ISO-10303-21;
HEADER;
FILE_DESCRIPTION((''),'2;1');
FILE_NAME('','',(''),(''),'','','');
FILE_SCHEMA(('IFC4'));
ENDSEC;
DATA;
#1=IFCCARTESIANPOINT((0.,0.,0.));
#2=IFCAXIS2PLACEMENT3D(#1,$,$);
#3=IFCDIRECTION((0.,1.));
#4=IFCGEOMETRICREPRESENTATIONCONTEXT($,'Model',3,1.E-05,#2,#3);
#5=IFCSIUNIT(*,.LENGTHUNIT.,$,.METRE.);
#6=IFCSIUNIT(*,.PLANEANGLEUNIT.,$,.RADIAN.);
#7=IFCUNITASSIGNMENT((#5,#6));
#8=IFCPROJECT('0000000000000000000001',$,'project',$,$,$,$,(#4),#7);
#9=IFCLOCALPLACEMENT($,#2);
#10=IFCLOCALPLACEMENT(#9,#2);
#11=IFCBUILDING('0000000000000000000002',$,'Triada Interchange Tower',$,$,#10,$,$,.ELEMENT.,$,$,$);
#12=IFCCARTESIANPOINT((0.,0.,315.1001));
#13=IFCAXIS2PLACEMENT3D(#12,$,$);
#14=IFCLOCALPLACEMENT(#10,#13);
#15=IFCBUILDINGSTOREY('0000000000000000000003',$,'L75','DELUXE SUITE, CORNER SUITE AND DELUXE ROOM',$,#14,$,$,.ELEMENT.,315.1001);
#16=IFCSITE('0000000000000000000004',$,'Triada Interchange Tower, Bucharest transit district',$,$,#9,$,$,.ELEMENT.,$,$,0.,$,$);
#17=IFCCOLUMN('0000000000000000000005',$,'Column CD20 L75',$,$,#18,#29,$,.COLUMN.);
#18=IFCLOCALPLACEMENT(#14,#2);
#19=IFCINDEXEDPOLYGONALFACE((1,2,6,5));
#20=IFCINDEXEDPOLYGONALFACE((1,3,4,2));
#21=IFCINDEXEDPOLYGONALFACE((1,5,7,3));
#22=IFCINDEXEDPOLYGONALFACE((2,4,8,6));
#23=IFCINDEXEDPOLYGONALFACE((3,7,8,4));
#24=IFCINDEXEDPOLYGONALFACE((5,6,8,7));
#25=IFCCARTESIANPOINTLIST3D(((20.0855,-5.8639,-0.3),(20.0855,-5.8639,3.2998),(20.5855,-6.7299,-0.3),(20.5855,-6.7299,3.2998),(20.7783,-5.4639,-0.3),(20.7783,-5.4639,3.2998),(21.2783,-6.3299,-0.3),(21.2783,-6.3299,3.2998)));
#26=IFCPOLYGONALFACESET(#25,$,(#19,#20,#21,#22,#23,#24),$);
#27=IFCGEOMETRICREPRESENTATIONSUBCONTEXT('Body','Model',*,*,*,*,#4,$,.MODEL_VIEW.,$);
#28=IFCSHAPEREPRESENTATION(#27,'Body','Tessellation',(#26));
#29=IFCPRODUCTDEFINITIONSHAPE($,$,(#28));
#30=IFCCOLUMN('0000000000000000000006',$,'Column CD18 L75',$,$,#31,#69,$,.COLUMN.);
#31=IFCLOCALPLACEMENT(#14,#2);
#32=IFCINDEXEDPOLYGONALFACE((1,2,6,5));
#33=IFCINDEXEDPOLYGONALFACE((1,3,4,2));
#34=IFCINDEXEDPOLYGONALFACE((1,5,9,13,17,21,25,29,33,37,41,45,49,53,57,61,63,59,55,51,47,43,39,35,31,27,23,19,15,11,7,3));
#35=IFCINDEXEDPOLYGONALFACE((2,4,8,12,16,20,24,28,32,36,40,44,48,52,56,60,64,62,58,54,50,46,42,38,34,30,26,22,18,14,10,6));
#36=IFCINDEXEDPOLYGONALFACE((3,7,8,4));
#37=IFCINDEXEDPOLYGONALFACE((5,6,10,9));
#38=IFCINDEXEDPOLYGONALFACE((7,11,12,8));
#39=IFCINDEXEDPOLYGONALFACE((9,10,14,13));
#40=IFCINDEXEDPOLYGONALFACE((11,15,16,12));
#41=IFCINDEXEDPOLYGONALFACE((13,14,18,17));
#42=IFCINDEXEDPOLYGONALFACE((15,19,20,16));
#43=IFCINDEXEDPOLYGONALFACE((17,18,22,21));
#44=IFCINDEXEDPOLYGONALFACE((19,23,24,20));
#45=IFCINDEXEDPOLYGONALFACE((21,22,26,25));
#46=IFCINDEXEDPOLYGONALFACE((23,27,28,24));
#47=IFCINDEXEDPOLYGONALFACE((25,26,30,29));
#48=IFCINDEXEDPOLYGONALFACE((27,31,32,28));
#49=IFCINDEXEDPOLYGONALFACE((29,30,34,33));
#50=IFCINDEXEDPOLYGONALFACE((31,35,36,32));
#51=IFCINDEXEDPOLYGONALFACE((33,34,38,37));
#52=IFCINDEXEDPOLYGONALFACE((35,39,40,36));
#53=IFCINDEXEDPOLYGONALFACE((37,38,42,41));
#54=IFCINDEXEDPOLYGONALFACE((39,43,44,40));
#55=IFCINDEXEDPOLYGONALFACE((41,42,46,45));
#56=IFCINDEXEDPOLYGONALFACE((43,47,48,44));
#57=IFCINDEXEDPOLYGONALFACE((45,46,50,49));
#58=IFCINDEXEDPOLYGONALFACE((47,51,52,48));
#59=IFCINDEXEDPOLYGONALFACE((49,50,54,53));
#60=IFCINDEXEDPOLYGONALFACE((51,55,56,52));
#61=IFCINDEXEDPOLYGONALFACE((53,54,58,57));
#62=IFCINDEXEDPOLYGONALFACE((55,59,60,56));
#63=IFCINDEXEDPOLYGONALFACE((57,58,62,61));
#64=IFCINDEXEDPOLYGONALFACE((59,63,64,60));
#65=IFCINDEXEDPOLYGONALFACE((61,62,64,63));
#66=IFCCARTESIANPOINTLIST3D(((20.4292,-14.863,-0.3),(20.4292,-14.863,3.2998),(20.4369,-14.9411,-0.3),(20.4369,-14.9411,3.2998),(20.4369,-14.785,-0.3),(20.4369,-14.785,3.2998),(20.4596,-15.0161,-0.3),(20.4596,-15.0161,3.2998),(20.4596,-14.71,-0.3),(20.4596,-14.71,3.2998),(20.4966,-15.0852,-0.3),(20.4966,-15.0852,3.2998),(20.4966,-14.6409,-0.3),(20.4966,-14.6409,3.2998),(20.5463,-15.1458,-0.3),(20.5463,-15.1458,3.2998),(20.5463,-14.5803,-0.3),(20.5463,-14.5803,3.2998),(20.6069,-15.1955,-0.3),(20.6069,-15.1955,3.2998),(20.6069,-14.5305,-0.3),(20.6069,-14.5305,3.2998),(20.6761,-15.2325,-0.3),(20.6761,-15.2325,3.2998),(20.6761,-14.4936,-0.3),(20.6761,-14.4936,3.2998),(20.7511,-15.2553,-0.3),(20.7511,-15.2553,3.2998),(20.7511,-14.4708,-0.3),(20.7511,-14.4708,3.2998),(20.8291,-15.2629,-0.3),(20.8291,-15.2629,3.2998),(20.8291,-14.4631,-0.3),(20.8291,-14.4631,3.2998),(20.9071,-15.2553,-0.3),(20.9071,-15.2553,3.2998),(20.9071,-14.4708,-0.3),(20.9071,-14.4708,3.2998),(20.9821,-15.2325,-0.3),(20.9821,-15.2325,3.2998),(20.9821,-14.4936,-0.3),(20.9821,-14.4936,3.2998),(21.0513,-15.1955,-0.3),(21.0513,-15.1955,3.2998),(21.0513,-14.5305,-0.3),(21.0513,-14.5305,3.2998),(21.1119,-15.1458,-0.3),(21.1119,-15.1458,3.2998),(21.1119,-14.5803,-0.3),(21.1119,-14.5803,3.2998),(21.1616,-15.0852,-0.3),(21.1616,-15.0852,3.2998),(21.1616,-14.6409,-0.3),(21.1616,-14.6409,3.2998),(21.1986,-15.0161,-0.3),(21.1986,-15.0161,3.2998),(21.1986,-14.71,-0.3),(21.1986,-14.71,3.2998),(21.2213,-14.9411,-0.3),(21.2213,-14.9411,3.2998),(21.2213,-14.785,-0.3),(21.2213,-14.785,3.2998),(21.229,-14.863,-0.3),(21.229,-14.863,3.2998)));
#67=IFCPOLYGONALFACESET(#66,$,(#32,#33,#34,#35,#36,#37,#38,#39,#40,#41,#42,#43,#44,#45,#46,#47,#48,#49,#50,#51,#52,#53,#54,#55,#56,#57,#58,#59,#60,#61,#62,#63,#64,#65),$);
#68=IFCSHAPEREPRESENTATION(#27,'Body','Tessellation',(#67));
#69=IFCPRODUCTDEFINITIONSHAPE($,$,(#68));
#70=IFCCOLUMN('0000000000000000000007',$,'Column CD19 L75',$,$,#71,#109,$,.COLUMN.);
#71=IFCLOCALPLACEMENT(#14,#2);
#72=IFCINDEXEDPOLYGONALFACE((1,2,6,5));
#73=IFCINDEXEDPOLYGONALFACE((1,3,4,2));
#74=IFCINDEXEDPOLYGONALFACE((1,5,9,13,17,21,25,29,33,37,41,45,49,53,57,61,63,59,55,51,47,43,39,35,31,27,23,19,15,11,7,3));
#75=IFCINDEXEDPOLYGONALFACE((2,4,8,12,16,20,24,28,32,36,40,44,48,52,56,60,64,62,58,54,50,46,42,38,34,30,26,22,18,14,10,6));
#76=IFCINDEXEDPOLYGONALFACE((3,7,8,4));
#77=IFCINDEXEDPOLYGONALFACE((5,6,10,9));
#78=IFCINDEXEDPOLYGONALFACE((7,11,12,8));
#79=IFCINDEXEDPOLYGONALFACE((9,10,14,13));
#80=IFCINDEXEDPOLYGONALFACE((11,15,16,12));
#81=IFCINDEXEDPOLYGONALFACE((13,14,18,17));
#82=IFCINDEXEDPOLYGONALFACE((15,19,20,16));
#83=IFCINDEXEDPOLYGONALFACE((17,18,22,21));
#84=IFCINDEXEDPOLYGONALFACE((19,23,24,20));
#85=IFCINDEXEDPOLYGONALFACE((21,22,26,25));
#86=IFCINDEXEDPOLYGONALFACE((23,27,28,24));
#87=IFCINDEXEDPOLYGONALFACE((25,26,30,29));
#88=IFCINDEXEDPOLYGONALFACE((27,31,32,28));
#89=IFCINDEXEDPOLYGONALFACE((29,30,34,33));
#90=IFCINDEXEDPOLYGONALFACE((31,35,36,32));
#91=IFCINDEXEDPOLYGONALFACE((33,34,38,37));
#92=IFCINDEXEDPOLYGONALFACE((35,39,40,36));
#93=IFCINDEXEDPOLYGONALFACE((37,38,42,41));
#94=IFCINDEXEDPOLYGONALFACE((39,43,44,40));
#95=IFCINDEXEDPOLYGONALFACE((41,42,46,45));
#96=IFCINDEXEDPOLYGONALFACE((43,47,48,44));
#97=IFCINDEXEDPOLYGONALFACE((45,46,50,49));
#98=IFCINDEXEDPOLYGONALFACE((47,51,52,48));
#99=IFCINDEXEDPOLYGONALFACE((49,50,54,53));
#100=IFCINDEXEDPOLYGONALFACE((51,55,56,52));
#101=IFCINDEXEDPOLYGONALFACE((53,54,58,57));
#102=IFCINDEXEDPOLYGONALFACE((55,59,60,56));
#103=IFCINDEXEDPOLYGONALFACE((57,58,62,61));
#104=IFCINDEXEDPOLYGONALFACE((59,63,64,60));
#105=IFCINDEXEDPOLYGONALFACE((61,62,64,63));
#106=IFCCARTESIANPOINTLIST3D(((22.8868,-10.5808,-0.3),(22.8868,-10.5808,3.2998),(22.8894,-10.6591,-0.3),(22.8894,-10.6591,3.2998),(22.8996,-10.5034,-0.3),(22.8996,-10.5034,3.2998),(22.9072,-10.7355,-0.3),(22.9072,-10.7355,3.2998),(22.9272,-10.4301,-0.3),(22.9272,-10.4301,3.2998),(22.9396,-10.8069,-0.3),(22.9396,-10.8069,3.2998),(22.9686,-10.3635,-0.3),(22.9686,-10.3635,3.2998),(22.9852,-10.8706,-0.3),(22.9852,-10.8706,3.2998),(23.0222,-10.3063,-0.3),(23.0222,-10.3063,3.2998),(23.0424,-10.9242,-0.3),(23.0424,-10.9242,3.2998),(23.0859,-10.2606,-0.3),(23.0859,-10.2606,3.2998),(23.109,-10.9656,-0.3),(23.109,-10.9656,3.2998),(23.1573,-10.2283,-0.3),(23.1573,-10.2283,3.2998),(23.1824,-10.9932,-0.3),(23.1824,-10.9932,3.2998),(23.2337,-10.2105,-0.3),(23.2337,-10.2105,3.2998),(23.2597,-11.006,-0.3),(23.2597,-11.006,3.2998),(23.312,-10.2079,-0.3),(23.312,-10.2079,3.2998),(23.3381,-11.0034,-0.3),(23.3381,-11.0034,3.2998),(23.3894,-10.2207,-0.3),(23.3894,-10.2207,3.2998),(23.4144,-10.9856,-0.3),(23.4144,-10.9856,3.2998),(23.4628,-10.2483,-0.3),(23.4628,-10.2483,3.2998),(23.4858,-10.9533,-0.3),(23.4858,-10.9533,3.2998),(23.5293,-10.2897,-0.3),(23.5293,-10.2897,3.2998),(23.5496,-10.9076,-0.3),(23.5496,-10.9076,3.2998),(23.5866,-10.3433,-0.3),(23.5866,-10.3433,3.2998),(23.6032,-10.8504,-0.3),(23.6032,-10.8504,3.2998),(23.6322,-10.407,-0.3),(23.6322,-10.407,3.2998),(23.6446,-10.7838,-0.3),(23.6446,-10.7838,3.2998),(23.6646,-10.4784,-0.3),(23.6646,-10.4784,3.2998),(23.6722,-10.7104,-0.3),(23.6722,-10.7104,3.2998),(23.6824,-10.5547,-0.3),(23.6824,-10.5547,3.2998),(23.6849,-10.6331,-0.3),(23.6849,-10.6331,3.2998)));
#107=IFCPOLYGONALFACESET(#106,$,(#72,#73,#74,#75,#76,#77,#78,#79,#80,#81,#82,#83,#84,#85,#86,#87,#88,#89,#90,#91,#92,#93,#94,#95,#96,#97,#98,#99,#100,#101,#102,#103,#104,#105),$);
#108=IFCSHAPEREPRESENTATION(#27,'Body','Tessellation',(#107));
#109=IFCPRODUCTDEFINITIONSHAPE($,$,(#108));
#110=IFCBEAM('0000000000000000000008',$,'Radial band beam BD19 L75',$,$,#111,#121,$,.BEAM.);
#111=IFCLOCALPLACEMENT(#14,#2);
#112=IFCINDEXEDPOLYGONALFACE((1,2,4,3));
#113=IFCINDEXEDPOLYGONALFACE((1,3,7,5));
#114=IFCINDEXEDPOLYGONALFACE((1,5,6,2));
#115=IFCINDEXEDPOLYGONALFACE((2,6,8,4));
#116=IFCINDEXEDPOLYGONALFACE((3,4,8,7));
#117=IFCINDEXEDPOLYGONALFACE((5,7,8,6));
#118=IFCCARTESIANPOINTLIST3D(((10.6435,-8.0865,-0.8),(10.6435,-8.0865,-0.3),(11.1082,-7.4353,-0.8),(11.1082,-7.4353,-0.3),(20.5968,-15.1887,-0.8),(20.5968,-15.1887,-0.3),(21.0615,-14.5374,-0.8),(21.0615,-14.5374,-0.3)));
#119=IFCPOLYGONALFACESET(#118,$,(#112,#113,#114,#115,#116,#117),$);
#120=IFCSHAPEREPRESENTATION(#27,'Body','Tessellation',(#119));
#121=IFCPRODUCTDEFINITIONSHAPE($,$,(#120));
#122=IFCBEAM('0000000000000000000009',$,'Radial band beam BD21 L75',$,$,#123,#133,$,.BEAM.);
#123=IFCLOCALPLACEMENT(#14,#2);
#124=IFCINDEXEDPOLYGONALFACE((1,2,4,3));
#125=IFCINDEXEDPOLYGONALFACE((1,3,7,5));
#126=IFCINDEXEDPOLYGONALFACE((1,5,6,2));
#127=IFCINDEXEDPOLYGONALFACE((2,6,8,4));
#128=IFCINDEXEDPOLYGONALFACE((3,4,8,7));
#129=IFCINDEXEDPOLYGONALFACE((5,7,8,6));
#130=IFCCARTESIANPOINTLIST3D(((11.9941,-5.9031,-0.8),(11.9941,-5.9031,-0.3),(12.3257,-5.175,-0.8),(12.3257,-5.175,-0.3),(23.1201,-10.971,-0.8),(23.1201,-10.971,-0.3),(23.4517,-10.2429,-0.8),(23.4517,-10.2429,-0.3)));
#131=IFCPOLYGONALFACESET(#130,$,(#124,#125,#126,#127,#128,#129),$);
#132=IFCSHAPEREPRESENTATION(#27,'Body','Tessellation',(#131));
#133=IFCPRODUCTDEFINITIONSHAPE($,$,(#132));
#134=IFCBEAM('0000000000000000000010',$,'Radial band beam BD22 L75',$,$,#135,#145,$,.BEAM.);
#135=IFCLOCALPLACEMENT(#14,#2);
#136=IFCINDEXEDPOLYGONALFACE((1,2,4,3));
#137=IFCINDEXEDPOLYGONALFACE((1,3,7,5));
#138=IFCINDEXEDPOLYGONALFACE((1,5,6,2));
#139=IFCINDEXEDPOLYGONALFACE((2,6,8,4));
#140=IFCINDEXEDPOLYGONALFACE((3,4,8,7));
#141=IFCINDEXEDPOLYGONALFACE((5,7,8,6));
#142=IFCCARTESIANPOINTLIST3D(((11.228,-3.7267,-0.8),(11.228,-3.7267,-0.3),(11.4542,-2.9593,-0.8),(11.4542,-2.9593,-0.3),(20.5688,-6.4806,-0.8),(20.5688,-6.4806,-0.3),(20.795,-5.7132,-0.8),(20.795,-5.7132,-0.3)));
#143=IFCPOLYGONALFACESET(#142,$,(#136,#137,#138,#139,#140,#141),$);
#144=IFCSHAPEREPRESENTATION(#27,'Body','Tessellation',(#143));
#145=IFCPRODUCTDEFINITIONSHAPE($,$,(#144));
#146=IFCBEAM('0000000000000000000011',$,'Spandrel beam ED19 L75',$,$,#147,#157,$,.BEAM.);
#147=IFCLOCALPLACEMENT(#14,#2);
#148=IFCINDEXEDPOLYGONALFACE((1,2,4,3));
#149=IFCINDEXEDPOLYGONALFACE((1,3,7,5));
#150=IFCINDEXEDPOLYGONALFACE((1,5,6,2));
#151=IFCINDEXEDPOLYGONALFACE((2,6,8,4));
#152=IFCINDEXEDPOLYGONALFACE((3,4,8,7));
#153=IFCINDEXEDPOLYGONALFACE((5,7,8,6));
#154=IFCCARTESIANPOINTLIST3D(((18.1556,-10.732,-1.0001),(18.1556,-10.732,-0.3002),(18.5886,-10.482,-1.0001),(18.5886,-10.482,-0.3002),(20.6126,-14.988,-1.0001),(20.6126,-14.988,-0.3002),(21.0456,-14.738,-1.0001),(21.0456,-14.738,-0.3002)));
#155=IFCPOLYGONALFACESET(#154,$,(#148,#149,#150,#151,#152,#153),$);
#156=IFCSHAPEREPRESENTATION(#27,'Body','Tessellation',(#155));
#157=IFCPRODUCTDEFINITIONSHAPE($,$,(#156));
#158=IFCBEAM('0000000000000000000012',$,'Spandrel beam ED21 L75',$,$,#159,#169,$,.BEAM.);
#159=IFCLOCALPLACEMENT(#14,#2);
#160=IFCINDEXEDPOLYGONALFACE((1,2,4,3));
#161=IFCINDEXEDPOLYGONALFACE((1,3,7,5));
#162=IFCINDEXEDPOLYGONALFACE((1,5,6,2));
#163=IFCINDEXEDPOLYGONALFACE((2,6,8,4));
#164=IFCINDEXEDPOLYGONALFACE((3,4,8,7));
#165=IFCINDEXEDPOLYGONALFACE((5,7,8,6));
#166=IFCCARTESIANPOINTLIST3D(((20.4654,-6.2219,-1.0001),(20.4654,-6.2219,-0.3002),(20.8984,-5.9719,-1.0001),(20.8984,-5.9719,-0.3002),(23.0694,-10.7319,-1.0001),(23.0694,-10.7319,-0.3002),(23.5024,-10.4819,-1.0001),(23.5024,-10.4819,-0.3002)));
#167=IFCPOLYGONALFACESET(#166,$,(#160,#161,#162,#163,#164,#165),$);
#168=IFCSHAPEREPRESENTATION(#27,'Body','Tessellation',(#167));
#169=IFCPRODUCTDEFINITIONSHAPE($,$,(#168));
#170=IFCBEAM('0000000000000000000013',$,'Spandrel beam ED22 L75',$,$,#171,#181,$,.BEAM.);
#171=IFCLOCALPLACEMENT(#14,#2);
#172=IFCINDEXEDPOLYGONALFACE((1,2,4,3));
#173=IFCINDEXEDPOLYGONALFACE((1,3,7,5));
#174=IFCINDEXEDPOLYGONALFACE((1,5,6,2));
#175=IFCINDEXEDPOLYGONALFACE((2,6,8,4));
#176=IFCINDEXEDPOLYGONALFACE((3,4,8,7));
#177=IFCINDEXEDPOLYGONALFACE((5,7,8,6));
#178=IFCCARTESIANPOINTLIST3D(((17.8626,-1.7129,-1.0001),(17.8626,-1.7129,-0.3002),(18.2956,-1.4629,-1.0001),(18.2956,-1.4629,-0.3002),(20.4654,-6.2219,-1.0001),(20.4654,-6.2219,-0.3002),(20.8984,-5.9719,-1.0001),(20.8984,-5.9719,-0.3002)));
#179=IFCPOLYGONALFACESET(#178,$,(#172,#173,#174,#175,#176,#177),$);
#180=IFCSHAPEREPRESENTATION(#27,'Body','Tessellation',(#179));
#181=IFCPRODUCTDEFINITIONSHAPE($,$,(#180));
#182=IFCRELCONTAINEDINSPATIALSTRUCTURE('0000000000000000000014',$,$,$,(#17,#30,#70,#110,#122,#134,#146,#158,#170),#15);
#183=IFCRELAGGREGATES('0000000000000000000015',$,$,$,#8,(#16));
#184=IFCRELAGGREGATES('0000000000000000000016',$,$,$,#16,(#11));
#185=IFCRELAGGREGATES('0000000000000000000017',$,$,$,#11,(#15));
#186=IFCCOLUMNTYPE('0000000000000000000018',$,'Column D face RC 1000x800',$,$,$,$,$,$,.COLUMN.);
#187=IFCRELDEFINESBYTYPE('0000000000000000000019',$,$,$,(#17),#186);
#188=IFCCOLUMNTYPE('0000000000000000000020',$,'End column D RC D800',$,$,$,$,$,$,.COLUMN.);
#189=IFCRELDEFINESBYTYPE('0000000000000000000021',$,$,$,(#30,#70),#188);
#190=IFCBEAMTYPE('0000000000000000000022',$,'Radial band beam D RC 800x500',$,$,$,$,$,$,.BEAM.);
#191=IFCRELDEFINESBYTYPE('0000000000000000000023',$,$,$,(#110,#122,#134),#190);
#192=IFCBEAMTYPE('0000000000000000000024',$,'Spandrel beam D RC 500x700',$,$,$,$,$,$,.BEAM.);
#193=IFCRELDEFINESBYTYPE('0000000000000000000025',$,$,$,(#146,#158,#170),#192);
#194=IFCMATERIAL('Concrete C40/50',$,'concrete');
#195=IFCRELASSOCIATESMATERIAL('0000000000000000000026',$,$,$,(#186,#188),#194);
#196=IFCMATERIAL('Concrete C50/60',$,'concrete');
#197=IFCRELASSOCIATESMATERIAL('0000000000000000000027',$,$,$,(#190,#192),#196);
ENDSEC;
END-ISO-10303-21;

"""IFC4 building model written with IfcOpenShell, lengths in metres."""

from ifc_helpers import new_model, si_unit, direction, frame, origin, origin_2d, place, context, subcontext, project, spatial, rectangle, circle, extrude, material, material_profile, profile_set, type_object, element, save


model = new_model("IFC4")

# Units and contexts
model_context = context("Model", 3, precision=1e-05, world=origin(), true_north=direction((0.0, 1.0)))
body_context = subcontext(model_context, "Body", "Model", "MODEL_VIEW")
ifc_project = project(units=[si_unit("LENGTHUNIT", "METRE"), si_unit("PLANEANGLEUNIT", "RADIAN")], contexts=[model_context])

# Site, building, storey
site_placement = place(None, origin())
site = spatial("IfcSite", under=ifc_project, at=site_placement, Name="Triada Interchange Tower, Bucharest transit district", CompositionType="ELEMENT", RefElevation=0.0)
building_placement = place(site_placement, origin())
building = spatial("IfcBuilding", under=site, at=building_placement, Name="Triada Interchange Tower", CompositionType="ELEMENT")
storey_placement = place(building_placement, frame((0.0, 0.0, 315.1001)))
storey = spatial("IfcBuildingStorey", under=building, at=storey_placement, Name="L75", Description="DELUXE SUITE, CORNER SUITE AND DELUXE ROOM", CompositionType="ELEMENT", Elevation=315.1001)

# Columns
ifc_material_1 = material(Name="Concrete C40/50", Category="concrete")
ifc_material_profile_1 = material_profile(ifc_material_1, rectangle(XDim=1.0, YDim=0.8, at=origin_2d()), Name="RC 1000x800")
ifc_profile_set_1 = profile_set([ifc_material_profile_1], Name="Concrete C40/50")
column_type_1 = type_object("IfcColumnType", Name="Column D face RC 1000x800", PredefinedType="COLUMN", material=ifc_profile_set_1)
column_placement = place(storey_placement, frame((20.6819, -6.0969, -0.3), z_axis=(0.0, 0.0, 1.0), x_axis=(-0.5, 0.866025, 0.0)))
element("IfcColumn", 1, at=column_placement, inside=storey, type_object=column_type_1, Name="Column CD20 L75", PredefinedType="COLUMN", context=body_context, shape_type="SweptSolid", body=[
    extrude(rectangle(XDim=1.0, YDim=0.8, at=origin_2d()), origin(), (0.0, 0.0, 1.0), 3.5999),
])
ifc_material_profile_2 = material_profile(ifc_material_1, circle(Radius=0.3999, at=origin_2d()), Name="RC D800")
ifc_profile_set_2 = profile_set([ifc_material_profile_2], Name="Concrete C40/50")
column_type_2 = type_object("IfcColumnType", Name="End column D RC D800", PredefinedType="COLUMN", material=ifc_profile_set_2)
for number, where, z_axis, x_axis, name in (
    (2, (20.8291, -14.863, -0.3), (0.0, 0.0, 1.0), (1.0, 0.0, 0.0), "Column CD18 L75"),
    (3, (23.2859, -10.6069, -0.3), (0.0, 0.0, 1.0), (-0.5, 0.866025, 0.0), "Column CD19 L75"),
):
    element("IfcColumn", number, at=place(storey_placement, frame(where, z_axis=z_axis, x_axis=x_axis)), inside=storey, type_object=column_type_2, Name=name, PredefinedType="COLUMN", context=body_context, shape_type="SweptSolid", body=[
        extrude(circle(Radius=0.3999, at=origin_2d()), origin(), (0.0, 0.0, 1.0), 3.5999),
    ])

# Beams
ifc_material_2 = material(Name="Concrete C50/60", Category="concrete")
ifc_material_profile_3 = material_profile(ifc_material_2, rectangle(XDim=0.8, YDim=0.5, at=origin_2d()), Name="RC 800x500")
ifc_profile_set_3 = profile_set([ifc_material_profile_3], Name="Concrete C50/60")
beam_type_1 = type_object("IfcBeamType", Name="Radial band beam D RC 800x500", PredefinedType="BEAM", material=ifc_profile_set_3)
beam_1_placement = place(storey_placement, frame((20.8291, -14.863, -0.55), z_axis=(-0.814017, 0.580841, 0.0), x_axis=(-0.580841, -0.814017, 0.0)))
element("IfcBeam", 4, at=beam_1_placement, inside=storey, type_object=beam_type_1, Name="Radial band beam BD19 L75", PredefinedType="BEAM", context=body_context, shape_type="SweptSolid", body=[
    extrude(rectangle(XDim=0.8, YDim=0.5, at=origin_2d()), origin(), (0.0, 0.0, 1.0), 12.2273),
])
beam_2_placement = place(storey_placement, frame((23.2859, -10.6069, -0.55), z_axis=(-0.910039, 0.414522, 0.0), x_axis=(-0.414522, -0.910039, 0.0)))
element("IfcBeam", 5, at=beam_2_placement, inside=storey, type_object=beam_type_1, Name="Radial band beam BD21 L75", PredefinedType="BEAM", context=body_context, shape_type="SweptSolid", body=[
    extrude(rectangle(XDim=0.8, YDim=0.5, at=origin_2d()), origin(), (0.0, 0.0, 1.0), 12.2258),
])
beam_3_placement = place(storey_placement, frame((20.6819, -6.0969, -0.55), z_axis=(-0.959182, 0.282791, 0.0), x_axis=(-0.282791, -0.959182, 0.0)))
element("IfcBeam", 6, at=beam_3_placement, inside=storey, type_object=beam_type_1, Name="Radial band beam BD22 L75", PredefinedType="BEAM", context=body_context, shape_type="SweptSolid", body=[
    extrude(rectangle(XDim=0.8, YDim=0.5, at=origin_2d()), origin(), (0.0, 0.0, 1.0), 9.7383),
])
ifc_material_profile_4 = material_profile(ifc_material_2, rectangle(XDim=0.5, YDim=0.7, at=origin_2d()), Name="RC 500x700")
ifc_profile_set_4 = profile_set([ifc_material_profile_4], Name="Concrete C50/60")
beam_type_2 = type_object("IfcBeamType", Name="Spandrel beam D RC 500x700", PredefinedType="BEAM", material=ifc_profile_set_4)
beam_4_placement = place(storey_placement, frame((20.8291, -14.863, -0.6501), z_axis=(-0.499965, 0.866046, 0.0), x_axis=(-0.866046, -0.499965, 0.0)))
element("IfcBeam", 7, at=beam_4_placement, inside=storey, type_object=beam_type_2, Name="Spandrel beam ED19 L75", PredefinedType="BEAM", context=body_context, shape_type="SweptSolid", body=[
    extrude(rectangle(XDim=0.5, YDim=0.7, at=origin_2d()), origin(), (0.0, 0.0, 1.0), 4.9143),
])
beam_5_placement = place(storey_placement, frame((23.2859, -10.6069, -0.6501), z_axis=(-0.500021, 0.866013, 0.0), x_axis=(-0.866013, -0.500021, 0.0)))
element("IfcBeam", 8, at=beam_5_placement, inside=storey, type_object=beam_type_2, Name="Spandrel beam ED21 L75", PredefinedType="BEAM", context=body_context, shape_type="SweptSolid", body=[
    extrude(rectangle(XDim=0.5, YDim=0.7, at=origin_2d()), origin(), (0.0, 0.0, 1.0), 5.2078),
])
beam_6_placement = place(storey_placement, frame((20.6819, -6.0969, -0.6501), z_axis=(-0.499927, 0.866068, 0.0), x_axis=(-0.866068, -0.499927, 0.0)))
element("IfcBeam", 9, at=beam_6_placement, inside=storey, type_object=beam_type_2, Name="Spandrel beam ED22 L75", PredefinedType="BEAM", context=body_context, shape_type="SweptSolid", body=[
    extrude(rectangle(XDim=0.5, YDim=0.7, at=origin_2d()), origin(), (0.0, 0.0, 1.0), 5.2063),
])

save(model, "model.ifc")
